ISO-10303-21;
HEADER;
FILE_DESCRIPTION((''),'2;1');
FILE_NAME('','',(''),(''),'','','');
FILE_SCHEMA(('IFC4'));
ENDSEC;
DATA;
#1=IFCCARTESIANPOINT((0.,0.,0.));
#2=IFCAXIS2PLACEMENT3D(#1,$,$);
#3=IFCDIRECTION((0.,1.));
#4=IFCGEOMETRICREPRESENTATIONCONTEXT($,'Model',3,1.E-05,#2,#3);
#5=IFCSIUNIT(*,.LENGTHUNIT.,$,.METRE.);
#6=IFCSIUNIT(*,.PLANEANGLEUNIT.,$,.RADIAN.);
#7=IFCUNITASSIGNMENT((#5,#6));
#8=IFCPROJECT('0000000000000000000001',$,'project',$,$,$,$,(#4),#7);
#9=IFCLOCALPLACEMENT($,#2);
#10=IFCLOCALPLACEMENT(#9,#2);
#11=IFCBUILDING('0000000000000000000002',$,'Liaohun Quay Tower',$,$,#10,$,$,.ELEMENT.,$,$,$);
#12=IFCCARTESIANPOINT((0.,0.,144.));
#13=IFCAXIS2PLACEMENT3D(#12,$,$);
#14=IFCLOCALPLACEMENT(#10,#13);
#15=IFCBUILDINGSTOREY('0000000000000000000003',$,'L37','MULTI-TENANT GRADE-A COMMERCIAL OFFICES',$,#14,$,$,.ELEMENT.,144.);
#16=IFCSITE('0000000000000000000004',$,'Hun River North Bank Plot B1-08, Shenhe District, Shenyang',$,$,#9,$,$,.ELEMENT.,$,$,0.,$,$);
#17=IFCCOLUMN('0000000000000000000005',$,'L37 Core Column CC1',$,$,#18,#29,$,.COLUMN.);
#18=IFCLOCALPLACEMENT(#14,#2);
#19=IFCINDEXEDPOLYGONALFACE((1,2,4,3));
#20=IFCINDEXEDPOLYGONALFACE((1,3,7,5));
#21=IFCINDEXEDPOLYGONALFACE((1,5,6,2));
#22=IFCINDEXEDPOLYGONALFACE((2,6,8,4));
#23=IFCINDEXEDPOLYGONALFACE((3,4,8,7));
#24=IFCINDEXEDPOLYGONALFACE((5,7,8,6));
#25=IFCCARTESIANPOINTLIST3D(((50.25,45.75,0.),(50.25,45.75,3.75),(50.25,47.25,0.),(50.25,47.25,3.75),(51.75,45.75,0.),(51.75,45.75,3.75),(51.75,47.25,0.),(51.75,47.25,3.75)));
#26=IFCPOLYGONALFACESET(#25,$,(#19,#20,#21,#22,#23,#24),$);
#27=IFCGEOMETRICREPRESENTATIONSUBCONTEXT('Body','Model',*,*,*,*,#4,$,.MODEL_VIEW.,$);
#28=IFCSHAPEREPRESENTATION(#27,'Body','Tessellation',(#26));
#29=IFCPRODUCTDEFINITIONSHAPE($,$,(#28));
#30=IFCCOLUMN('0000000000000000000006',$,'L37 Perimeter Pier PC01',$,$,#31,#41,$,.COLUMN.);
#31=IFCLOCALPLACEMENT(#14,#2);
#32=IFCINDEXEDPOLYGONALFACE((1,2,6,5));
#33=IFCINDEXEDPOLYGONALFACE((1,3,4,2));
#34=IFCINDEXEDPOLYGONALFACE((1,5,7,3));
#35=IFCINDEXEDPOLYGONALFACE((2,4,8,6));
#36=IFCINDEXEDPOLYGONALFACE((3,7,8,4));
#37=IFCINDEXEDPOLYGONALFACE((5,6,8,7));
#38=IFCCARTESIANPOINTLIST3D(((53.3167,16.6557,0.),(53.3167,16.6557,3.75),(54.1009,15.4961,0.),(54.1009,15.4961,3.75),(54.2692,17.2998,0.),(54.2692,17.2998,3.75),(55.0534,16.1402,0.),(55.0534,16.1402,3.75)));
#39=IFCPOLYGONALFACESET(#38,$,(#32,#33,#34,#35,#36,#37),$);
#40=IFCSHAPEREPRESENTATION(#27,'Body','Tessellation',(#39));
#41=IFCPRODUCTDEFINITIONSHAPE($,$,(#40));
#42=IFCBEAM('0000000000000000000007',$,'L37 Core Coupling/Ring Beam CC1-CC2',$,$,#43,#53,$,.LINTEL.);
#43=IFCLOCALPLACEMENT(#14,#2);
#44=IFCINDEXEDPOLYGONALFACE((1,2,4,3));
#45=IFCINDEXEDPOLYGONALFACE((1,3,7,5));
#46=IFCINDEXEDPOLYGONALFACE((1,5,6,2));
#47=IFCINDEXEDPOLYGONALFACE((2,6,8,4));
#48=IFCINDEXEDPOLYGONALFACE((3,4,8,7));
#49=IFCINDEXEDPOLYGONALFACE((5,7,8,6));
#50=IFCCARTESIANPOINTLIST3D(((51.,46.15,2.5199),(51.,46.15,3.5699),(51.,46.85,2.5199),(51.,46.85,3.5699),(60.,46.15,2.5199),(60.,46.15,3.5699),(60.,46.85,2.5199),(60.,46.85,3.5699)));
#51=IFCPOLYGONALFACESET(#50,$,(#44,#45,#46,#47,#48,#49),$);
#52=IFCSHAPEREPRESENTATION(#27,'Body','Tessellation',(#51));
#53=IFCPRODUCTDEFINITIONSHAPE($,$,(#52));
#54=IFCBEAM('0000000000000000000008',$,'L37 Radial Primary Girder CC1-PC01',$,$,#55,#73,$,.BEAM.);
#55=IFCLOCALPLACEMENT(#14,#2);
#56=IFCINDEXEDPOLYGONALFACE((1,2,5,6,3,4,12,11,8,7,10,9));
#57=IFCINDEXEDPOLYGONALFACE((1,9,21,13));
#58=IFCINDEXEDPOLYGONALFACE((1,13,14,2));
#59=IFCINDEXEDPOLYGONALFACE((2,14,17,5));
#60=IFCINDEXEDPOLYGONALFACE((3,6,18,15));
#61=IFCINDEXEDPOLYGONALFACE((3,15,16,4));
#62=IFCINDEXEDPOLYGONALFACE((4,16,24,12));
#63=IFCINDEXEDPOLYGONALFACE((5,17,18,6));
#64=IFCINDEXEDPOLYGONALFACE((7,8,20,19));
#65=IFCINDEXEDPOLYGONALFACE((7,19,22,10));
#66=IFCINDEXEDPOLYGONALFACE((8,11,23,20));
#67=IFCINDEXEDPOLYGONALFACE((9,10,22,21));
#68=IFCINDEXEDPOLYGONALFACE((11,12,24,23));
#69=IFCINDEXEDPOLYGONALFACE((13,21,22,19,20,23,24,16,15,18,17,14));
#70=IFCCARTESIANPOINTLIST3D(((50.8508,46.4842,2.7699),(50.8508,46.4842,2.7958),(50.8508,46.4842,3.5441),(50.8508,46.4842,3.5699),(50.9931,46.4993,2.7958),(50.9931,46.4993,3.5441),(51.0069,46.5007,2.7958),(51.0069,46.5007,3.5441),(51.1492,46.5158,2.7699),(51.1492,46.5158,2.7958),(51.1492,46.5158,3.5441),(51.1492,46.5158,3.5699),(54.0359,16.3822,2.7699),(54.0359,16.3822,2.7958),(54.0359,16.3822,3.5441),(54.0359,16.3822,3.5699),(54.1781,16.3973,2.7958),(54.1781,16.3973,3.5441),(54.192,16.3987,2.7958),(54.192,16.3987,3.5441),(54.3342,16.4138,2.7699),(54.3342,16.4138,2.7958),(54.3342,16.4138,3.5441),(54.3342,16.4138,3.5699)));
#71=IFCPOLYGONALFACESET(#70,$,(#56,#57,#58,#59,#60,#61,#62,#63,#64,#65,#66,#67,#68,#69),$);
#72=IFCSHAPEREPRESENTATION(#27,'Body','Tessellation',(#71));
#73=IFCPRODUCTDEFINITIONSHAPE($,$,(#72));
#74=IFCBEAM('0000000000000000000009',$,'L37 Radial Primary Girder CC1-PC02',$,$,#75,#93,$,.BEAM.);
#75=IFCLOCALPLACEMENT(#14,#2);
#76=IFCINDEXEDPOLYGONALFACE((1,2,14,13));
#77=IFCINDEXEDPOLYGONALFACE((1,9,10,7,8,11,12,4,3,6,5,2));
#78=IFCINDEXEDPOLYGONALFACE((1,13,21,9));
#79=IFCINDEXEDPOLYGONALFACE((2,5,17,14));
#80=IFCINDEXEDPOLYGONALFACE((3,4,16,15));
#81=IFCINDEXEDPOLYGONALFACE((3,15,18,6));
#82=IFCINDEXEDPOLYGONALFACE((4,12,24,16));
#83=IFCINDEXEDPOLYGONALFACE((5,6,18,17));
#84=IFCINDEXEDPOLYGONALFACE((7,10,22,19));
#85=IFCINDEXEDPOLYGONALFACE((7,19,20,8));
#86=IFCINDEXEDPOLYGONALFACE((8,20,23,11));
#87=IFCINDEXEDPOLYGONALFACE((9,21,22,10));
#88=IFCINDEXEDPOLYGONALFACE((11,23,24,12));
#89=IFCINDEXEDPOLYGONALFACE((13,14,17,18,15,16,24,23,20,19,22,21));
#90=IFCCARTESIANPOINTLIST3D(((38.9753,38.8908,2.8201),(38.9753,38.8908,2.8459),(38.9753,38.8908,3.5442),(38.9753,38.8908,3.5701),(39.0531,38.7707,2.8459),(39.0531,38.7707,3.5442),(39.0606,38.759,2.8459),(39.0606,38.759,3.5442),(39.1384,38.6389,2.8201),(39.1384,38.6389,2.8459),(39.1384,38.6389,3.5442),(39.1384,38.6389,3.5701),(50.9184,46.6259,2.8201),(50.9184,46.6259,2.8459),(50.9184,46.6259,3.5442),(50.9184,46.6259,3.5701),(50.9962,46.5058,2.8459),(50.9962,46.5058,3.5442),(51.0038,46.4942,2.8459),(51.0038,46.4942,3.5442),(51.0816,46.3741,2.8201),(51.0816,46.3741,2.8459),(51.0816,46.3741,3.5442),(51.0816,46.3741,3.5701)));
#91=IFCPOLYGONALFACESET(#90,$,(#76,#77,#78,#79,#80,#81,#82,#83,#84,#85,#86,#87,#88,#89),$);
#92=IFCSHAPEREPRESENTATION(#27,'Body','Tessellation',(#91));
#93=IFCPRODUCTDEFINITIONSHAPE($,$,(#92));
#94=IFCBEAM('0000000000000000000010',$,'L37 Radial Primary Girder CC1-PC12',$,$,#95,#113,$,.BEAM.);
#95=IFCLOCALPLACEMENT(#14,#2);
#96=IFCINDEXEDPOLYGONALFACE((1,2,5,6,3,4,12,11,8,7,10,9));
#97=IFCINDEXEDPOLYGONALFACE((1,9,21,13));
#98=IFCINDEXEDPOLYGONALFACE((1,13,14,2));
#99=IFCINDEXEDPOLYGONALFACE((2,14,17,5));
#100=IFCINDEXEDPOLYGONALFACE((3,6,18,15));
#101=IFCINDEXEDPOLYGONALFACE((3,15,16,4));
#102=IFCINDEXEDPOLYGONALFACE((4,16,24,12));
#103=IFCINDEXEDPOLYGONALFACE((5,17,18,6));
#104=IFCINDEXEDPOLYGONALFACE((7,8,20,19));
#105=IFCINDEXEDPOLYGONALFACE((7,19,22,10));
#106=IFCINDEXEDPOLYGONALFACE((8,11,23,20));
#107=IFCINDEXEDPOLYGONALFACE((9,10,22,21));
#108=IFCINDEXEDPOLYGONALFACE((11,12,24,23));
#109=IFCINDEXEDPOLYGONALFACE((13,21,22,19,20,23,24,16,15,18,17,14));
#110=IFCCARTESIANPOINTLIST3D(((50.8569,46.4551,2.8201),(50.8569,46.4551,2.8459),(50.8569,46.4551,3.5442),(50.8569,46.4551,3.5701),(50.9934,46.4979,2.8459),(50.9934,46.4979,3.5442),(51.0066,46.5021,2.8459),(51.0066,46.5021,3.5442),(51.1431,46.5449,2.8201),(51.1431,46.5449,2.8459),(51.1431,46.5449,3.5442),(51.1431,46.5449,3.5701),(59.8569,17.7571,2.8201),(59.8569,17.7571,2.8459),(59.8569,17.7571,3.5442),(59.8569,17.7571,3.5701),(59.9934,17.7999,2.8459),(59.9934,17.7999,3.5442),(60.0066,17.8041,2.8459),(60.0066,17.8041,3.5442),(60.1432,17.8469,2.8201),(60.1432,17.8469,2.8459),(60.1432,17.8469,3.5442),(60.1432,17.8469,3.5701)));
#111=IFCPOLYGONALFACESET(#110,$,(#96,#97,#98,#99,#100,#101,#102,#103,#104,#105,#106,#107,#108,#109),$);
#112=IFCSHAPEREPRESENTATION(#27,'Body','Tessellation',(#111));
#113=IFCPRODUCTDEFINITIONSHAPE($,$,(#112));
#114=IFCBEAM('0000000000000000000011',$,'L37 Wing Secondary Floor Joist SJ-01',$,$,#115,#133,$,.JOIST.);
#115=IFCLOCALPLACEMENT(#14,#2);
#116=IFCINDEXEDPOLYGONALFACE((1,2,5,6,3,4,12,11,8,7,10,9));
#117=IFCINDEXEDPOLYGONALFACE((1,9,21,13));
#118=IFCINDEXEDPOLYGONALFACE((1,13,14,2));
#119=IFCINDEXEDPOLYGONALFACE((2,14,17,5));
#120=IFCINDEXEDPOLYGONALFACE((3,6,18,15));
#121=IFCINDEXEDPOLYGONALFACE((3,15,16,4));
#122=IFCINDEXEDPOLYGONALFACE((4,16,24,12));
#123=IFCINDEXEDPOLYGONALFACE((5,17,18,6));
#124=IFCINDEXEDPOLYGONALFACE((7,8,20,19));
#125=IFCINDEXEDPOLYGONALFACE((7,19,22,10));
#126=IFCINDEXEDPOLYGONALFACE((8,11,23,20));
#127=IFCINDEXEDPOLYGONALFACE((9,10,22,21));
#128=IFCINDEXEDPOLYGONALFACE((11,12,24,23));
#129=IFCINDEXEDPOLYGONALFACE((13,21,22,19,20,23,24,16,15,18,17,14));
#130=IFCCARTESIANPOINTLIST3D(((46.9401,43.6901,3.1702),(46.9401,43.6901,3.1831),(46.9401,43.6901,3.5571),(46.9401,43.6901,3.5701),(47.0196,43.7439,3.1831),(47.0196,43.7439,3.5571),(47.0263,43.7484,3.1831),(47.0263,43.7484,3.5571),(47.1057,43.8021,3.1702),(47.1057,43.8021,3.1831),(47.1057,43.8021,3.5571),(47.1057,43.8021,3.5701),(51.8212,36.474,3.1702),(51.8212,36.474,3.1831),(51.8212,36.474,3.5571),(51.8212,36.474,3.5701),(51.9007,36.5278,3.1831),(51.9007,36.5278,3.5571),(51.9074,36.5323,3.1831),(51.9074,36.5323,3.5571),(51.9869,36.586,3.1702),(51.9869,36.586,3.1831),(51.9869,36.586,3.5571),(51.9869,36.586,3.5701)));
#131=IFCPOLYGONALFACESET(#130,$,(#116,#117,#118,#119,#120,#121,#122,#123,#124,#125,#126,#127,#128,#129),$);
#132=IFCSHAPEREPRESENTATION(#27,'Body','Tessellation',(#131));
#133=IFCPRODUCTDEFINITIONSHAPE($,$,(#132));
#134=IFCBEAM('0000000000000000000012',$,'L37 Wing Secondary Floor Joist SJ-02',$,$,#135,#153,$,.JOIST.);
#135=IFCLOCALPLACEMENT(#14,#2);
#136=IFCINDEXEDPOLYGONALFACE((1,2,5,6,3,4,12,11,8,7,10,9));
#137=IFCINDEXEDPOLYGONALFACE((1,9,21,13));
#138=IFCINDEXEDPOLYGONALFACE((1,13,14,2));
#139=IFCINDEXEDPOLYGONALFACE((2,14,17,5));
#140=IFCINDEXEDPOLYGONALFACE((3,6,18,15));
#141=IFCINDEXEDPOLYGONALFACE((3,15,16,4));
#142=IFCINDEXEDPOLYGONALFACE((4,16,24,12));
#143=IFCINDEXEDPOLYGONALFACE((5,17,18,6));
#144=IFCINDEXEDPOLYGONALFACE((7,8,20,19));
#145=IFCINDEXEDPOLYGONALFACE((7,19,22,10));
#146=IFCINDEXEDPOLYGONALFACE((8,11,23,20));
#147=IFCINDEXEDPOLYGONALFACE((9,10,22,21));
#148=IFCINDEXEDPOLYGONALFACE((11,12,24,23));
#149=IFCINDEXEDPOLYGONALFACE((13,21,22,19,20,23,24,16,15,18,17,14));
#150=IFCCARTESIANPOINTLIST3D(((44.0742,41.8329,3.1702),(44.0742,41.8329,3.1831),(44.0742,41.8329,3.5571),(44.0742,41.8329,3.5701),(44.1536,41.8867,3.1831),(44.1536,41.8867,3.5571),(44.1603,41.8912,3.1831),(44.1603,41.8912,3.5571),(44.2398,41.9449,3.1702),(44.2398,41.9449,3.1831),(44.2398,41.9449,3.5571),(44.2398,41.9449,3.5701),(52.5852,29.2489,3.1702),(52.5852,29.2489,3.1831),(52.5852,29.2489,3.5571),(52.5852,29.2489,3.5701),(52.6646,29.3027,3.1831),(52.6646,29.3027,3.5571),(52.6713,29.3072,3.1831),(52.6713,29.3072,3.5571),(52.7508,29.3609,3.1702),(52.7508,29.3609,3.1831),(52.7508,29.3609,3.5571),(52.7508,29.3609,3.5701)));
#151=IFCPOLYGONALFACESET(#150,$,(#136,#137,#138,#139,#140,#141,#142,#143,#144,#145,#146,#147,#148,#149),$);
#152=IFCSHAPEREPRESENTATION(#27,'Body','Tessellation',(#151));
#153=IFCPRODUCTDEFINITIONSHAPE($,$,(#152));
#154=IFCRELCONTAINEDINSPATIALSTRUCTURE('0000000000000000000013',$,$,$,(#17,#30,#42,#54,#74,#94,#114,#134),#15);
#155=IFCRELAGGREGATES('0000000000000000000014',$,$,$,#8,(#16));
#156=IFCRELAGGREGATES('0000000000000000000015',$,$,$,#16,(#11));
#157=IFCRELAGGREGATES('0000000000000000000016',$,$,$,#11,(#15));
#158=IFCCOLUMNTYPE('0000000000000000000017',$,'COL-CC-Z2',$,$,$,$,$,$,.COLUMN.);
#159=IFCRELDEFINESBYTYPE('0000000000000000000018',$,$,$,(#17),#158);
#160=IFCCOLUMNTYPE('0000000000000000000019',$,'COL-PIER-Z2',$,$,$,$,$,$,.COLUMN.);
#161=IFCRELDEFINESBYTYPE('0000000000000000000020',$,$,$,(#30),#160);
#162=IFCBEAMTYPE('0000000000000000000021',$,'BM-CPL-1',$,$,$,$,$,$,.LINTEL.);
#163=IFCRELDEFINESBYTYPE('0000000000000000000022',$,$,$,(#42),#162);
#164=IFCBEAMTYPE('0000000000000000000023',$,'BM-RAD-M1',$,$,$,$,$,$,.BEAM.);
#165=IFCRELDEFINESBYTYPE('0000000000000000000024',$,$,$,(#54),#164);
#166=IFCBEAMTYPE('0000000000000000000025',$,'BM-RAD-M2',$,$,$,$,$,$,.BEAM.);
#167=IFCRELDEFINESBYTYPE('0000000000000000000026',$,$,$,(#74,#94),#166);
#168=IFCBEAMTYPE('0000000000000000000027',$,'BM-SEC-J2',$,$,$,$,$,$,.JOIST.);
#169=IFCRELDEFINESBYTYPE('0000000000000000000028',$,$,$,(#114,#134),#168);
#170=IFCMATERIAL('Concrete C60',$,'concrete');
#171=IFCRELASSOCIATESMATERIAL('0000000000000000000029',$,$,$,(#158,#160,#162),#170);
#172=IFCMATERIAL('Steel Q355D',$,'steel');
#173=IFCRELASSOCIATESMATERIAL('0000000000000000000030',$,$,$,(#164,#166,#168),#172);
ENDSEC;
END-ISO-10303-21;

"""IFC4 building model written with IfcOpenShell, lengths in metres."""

from ifc_helpers import new_model, si_unit, direction, frame, origin, origin_2d, place, context, subcontext, project, spatial, rectangle, i_section, extrude, source, transform, mapped, material, material_profile, profile_set, type_object, element, save


model = new_model("IFC4")

# Units and contexts
model_context = context("Model", 3, precision=1e-05, world=origin(), true_north=direction((0.0, 1.0)))
body_context = subcontext(model_context, "Body", "Model", "MODEL_VIEW")
ifc_project = project(units=[si_unit("LENGTHUNIT", "METRE"), si_unit("PLANEANGLEUNIT", "RADIAN")], contexts=[model_context])

# Site, building, storey
site_placement = place(None, origin())
site = spatial("IfcSite", under=ifc_project, at=site_placement, Name="Hun River North Bank Plot B1-08, Shenhe District, Shenyang", CompositionType="ELEMENT", RefElevation=0.0)
building_placement = place(site_placement, origin())
building = spatial("IfcBuilding", under=site, at=building_placement, Name="Liaohun Quay Tower", CompositionType="ELEMENT")
storey_placement = place(building_placement, frame((0.0, 0.0, 144.0)))
storey = spatial("IfcBuildingStorey", under=building, at=storey_placement, Name="L37", Description="MULTI-TENANT GRADE-A COMMERCIAL OFFICES", CompositionType="ELEMENT", Elevation=144.0)

# Columns
ifc_material_1 = material(Name="Concrete C60", Category="concrete")
ifc_material_profile_1 = material_profile(ifc_material_1, rectangle(XDim=1.5, YDim=1.5, at=origin_2d()), Name="RC1500x1500")
ifc_profile_set_1 = profile_set([ifc_material_profile_1], Name="Concrete C60")
column_type_1 = type_object("IfcColumnType", Name="COL-CC-Z2", PredefinedType="COLUMN", material=ifc_profile_set_1)
shared_shape_1 = source(origin(), body_context, "Body", "SweptSolid", [
    extrude(rectangle(XDim=1.5, YDim=1.5, at=origin_2d()), origin(), (0.0, 0.0, 1.0), 3.75),
])
column_1_placement = place(storey_placement, frame((51.0, 46.5, 0.0), z_axis=(0.0, 0.0, 1.0), x_axis=(1.0, 0.0, 0.0)))
element("IfcColumn", 1, at=column_1_placement, inside=storey, type_object=column_type_1, Name="L37 Core Column CC1", PredefinedType="COLUMN", context=body_context, shape_type="MappedRepresentation", body=[
    mapped(shared_shape_1, transform((0.0, 0.0, 0.0), x_axis=(1.0, 0.0, 0.0), y_axis=(0.0, 1.0, 0.0), z_axis=(0.0, 0.0, 1.0), scale=1.0)),
])
ifc_material_profile_2 = material_profile(ifc_material_1, rectangle(XDim=1.3999, YDim=1.1499, at=origin_2d()), Name="RC1400x1150")
ifc_profile_set_2 = profile_set([ifc_material_profile_2], Name="Concrete C60")
column_type_2 = type_object("IfcColumnType", Name="COL-PIER-Z2", PredefinedType="COLUMN", material=ifc_profile_set_2)
shared_shape_2 = source(origin(), body_context, "Body", "SweptSolid", [
    extrude(rectangle(XDim=1.3999, YDim=1.1499, at=origin_2d()), origin(), (0.0, 0.0, 1.0), 3.75),
])
column_2_placement = place(storey_placement, frame((54.1851, 16.3979, 0.0), z_axis=(0.0, 0.0, 1.0), x_axis=(-0.560205, 0.828354, 0.0)))
element("IfcColumn", 2, at=column_2_placement, inside=storey, type_object=column_type_2, Name="L37 Perimeter Pier PC01", PredefinedType="COLUMN", context=body_context, shape_type="MappedRepresentation", body=[
    mapped(shared_shape_2, transform((0.0, 0.0, 0.0), x_axis=(1.0, 0.0, 0.0), y_axis=(0.0, 1.0, 0.0), z_axis=(0.0, 0.0, 1.0), scale=1.0)),
])

# Beams
ifc_material_profile_3 = material_profile(ifc_material_1, rectangle(XDim=0.7, YDim=1.05, at=origin_2d()), Name="RC700x1050")
ifc_profile_set_3 = profile_set([ifc_material_profile_3], Name="Concrete C60")
beam_type_1 = type_object("IfcBeamType", Name="BM-CPL-1", PredefinedType="LINTEL", material=ifc_profile_set_3)
shared_shape_3 = source(origin(), body_context, "Body", "SweptSolid", [
    extrude(rectangle(XDim=0.7, YDim=1.05, at=origin_2d()), origin(), (0.0, 0.0, 1.0), 9.0),
])
beam_1_placement = place(storey_placement, frame((51.0, 46.5, 3.0449), z_axis=(1.0, 0.0, 0.0), x_axis=(0.0, 1.0, 0.0)))
element("IfcBeam", 3, at=beam_1_placement, inside=storey, type_object=beam_type_1, Name="L37 Core Coupling/Ring Beam CC1-CC2", PredefinedType="LINTEL", context=body_context, shape_type="MappedRepresentation", body=[
    mapped(shared_shape_3, transform((0.0, 0.0, 0.0), x_axis=(1.0, 0.0, 0.0), y_axis=(0.0, 1.0, 0.0), z_axis=(0.0, 0.0, 1.0), scale=1.0)),
])
ifc_material_2 = material(Name="Steel Q355D", Category="steel")
ifc_material_profile_4 = material_profile(ifc_material_2, i_section(OverallWidth=0.3, OverallDepth=0.8, WebThickness=0.0139, FlangeThickness=0.0259, at=origin_2d()), Name="HN800x300x14x26")
ifc_profile_set_4 = profile_set([ifc_material_profile_4], Name="Steel Q355D")
beam_type_2 = type_object("IfcBeamType", Name="BM-RAD-M1", PredefinedType="BEAM", material=ifc_profile_set_4)
shared_shape_4 = source(origin(), body_context, "Body", "SweptSolid", [
    extrude(i_section(OverallWidth=0.3, OverallDepth=0.8, WebThickness=0.0139, FlangeThickness=0.0259, at=origin_2d()), origin(), (0.0, 0.0, 1.0), 30.27),
])
beam_2_placement = place(storey_placement, frame((51.0, 46.5, 3.1699), z_axis=(0.105221, -0.994449, 0.0), x_axis=(0.994449, 0.105221, 0.0)))
element("IfcBeam", 4, at=beam_2_placement, inside=storey, type_object=beam_type_2, Name="L37 Radial Primary Girder CC1-PC01", PredefinedType="BEAM", context=body_context, shape_type="MappedRepresentation", body=[
    mapped(shared_shape_4, transform((0.0, 0.0, 0.0), x_axis=(1.0, 0.0, 0.0), y_axis=(0.0, 1.0, 0.0), z_axis=(0.0, 0.0, 1.0), scale=1.0)),
])
ifc_material_profile_5 = material_profile(ifc_material_2, i_section(OverallWidth=0.3, OverallDepth=0.75, WebThickness=0.0139, FlangeThickness=0.0259, at=origin_2d()), Name="HN750x300x14x26")
ifc_profile_set_5 = profile_set([ifc_material_profile_5], Name="Steel Q355D")
beam_type_3 = type_object("IfcBeamType", Name="BM-RAD-M2", PredefinedType="BEAM", material=ifc_profile_set_5)
shared_shape_5 = source(origin(), body_context, "Body", "SweptSolid", [
    extrude(i_section(OverallWidth=0.3, OverallDepth=0.75, WebThickness=0.0139, FlangeThickness=0.0259, at=origin_2d()), origin(), (0.0, 0.0, 1.0), 14.2292),
])
beam_3_placement = place(storey_placement, frame((51.0, 46.5, 3.1951), z_axis=(-0.839339, -0.543608, 0.0), x_axis=(0.543608, -0.839339, 0.0)))
element("IfcBeam", 5, at=beam_3_placement, inside=storey, type_object=beam_type_3, Name="L37 Radial Primary Girder CC1-PC02", PredefinedType="BEAM", context=body_context, shape_type="MappedRepresentation", body=[
    mapped(shared_shape_5, transform((0.0, 0.0, 0.0), x_axis=(1.0, 0.0, 0.0), y_axis=(0.0, 1.0, 0.0), z_axis=(0.0, 0.0, 1.0), scale=1.0)),
])
shared_shape_6 = source(origin(), body_context, "Body", "SweptSolid", [
    extrude(i_section(OverallWidth=0.3, OverallDepth=0.75, WebThickness=0.0139, FlangeThickness=0.0259, at=origin_2d()), origin(), (0.0, 0.0, 1.0), 30.0762),
])
beam_4_placement = place(storey_placement, frame((51.0, 46.5, 3.1951), z_axis=(0.29924, -0.954178, 0.0), x_axis=(0.954178, 0.29924, 0.0)))
element("IfcBeam", 6, at=beam_4_placement, inside=storey, type_object=beam_type_3, Name="L37 Radial Primary Girder CC1-PC12", PredefinedType="BEAM", context=body_context, shape_type="MappedRepresentation", body=[
    mapped(shared_shape_6, transform((0.0, 0.0, 0.0), x_axis=(1.0, 0.0, 0.0), y_axis=(0.0, 1.0, 0.0), z_axis=(0.0, 0.0, 1.0), scale=1.0)),
])
ifc_material_profile_6 = material_profile(ifc_material_2, i_section(OverallWidth=0.2, OverallDepth=0.3999, WebThickness=0.0081, FlangeThickness=0.0129, at=origin_2d()), Name="HN400x200x8x13")
ifc_profile_set_6 = profile_set([ifc_material_profile_6], Name="Steel Q355D")
beam_type_4 = type_object("IfcBeamType", Name="BM-SEC-J2", PredefinedType="JOIST", material=ifc_profile_set_6)
shared_shape_7 = source(origin(), body_context, "Body", "SweptSolid", [
    extrude(i_section(OverallWidth=0.2, OverallDepth=0.3999, WebThickness=0.0081, FlangeThickness=0.0129, at=origin_2d()), origin(), (0.0, 0.0, 1.0), 8.7119),
])
beam_5_placement = place(storey_placement, frame((51.9041, 36.53, 3.3701), z_axis=(-0.560282, 0.828302, 0.0), x_axis=(-0.828302, -0.560282, 0.0)))
element("IfcBeam", 7, at=beam_5_placement, inside=storey, type_object=beam_type_4, Name="L37 Wing Secondary Floor Joist SJ-01", PredefinedType="JOIST", context=body_context, shape_type="MappedRepresentation", body=[
    mapped(shared_shape_7, transform((0.0, 0.0, 0.0), x_axis=(1.0, 0.0, 0.0), y_axis=(0.0, 1.0, 0.0), z_axis=(0.0, 0.0, 1.0), scale=1.0)),
])
shared_shape_8 = source(origin(), body_context, "Body", "SweptSolid", [
    extrude(i_section(OverallWidth=0.2, OverallDepth=0.3999, WebThickness=0.0081, FlangeThickness=0.0129, at=origin_2d()), origin(), (0.0, 0.0, 1.0), 15.1919),
])
beam_6_placement = place(storey_placement, frame((52.668, 29.3049, 3.3701), z_axis=(-0.560232, 0.828336, 0.0), x_axis=(-0.828336, -0.560232, 0.0)))
element("IfcBeam", 8, at=beam_6_placement, inside=storey, type_object=beam_type_4, Name="L37 Wing Secondary Floor Joist SJ-02", PredefinedType="JOIST", context=body_context, shape_type="MappedRepresentation", body=[
    mapped(shared_shape_8, transform((0.0, 0.0, 0.0), x_axis=(1.0, 0.0, 0.0), y_axis=(0.0, 1.0, 0.0), z_axis=(0.0, 0.0, 1.0), scale=1.0)),
])

save(model, "model.ifc")
